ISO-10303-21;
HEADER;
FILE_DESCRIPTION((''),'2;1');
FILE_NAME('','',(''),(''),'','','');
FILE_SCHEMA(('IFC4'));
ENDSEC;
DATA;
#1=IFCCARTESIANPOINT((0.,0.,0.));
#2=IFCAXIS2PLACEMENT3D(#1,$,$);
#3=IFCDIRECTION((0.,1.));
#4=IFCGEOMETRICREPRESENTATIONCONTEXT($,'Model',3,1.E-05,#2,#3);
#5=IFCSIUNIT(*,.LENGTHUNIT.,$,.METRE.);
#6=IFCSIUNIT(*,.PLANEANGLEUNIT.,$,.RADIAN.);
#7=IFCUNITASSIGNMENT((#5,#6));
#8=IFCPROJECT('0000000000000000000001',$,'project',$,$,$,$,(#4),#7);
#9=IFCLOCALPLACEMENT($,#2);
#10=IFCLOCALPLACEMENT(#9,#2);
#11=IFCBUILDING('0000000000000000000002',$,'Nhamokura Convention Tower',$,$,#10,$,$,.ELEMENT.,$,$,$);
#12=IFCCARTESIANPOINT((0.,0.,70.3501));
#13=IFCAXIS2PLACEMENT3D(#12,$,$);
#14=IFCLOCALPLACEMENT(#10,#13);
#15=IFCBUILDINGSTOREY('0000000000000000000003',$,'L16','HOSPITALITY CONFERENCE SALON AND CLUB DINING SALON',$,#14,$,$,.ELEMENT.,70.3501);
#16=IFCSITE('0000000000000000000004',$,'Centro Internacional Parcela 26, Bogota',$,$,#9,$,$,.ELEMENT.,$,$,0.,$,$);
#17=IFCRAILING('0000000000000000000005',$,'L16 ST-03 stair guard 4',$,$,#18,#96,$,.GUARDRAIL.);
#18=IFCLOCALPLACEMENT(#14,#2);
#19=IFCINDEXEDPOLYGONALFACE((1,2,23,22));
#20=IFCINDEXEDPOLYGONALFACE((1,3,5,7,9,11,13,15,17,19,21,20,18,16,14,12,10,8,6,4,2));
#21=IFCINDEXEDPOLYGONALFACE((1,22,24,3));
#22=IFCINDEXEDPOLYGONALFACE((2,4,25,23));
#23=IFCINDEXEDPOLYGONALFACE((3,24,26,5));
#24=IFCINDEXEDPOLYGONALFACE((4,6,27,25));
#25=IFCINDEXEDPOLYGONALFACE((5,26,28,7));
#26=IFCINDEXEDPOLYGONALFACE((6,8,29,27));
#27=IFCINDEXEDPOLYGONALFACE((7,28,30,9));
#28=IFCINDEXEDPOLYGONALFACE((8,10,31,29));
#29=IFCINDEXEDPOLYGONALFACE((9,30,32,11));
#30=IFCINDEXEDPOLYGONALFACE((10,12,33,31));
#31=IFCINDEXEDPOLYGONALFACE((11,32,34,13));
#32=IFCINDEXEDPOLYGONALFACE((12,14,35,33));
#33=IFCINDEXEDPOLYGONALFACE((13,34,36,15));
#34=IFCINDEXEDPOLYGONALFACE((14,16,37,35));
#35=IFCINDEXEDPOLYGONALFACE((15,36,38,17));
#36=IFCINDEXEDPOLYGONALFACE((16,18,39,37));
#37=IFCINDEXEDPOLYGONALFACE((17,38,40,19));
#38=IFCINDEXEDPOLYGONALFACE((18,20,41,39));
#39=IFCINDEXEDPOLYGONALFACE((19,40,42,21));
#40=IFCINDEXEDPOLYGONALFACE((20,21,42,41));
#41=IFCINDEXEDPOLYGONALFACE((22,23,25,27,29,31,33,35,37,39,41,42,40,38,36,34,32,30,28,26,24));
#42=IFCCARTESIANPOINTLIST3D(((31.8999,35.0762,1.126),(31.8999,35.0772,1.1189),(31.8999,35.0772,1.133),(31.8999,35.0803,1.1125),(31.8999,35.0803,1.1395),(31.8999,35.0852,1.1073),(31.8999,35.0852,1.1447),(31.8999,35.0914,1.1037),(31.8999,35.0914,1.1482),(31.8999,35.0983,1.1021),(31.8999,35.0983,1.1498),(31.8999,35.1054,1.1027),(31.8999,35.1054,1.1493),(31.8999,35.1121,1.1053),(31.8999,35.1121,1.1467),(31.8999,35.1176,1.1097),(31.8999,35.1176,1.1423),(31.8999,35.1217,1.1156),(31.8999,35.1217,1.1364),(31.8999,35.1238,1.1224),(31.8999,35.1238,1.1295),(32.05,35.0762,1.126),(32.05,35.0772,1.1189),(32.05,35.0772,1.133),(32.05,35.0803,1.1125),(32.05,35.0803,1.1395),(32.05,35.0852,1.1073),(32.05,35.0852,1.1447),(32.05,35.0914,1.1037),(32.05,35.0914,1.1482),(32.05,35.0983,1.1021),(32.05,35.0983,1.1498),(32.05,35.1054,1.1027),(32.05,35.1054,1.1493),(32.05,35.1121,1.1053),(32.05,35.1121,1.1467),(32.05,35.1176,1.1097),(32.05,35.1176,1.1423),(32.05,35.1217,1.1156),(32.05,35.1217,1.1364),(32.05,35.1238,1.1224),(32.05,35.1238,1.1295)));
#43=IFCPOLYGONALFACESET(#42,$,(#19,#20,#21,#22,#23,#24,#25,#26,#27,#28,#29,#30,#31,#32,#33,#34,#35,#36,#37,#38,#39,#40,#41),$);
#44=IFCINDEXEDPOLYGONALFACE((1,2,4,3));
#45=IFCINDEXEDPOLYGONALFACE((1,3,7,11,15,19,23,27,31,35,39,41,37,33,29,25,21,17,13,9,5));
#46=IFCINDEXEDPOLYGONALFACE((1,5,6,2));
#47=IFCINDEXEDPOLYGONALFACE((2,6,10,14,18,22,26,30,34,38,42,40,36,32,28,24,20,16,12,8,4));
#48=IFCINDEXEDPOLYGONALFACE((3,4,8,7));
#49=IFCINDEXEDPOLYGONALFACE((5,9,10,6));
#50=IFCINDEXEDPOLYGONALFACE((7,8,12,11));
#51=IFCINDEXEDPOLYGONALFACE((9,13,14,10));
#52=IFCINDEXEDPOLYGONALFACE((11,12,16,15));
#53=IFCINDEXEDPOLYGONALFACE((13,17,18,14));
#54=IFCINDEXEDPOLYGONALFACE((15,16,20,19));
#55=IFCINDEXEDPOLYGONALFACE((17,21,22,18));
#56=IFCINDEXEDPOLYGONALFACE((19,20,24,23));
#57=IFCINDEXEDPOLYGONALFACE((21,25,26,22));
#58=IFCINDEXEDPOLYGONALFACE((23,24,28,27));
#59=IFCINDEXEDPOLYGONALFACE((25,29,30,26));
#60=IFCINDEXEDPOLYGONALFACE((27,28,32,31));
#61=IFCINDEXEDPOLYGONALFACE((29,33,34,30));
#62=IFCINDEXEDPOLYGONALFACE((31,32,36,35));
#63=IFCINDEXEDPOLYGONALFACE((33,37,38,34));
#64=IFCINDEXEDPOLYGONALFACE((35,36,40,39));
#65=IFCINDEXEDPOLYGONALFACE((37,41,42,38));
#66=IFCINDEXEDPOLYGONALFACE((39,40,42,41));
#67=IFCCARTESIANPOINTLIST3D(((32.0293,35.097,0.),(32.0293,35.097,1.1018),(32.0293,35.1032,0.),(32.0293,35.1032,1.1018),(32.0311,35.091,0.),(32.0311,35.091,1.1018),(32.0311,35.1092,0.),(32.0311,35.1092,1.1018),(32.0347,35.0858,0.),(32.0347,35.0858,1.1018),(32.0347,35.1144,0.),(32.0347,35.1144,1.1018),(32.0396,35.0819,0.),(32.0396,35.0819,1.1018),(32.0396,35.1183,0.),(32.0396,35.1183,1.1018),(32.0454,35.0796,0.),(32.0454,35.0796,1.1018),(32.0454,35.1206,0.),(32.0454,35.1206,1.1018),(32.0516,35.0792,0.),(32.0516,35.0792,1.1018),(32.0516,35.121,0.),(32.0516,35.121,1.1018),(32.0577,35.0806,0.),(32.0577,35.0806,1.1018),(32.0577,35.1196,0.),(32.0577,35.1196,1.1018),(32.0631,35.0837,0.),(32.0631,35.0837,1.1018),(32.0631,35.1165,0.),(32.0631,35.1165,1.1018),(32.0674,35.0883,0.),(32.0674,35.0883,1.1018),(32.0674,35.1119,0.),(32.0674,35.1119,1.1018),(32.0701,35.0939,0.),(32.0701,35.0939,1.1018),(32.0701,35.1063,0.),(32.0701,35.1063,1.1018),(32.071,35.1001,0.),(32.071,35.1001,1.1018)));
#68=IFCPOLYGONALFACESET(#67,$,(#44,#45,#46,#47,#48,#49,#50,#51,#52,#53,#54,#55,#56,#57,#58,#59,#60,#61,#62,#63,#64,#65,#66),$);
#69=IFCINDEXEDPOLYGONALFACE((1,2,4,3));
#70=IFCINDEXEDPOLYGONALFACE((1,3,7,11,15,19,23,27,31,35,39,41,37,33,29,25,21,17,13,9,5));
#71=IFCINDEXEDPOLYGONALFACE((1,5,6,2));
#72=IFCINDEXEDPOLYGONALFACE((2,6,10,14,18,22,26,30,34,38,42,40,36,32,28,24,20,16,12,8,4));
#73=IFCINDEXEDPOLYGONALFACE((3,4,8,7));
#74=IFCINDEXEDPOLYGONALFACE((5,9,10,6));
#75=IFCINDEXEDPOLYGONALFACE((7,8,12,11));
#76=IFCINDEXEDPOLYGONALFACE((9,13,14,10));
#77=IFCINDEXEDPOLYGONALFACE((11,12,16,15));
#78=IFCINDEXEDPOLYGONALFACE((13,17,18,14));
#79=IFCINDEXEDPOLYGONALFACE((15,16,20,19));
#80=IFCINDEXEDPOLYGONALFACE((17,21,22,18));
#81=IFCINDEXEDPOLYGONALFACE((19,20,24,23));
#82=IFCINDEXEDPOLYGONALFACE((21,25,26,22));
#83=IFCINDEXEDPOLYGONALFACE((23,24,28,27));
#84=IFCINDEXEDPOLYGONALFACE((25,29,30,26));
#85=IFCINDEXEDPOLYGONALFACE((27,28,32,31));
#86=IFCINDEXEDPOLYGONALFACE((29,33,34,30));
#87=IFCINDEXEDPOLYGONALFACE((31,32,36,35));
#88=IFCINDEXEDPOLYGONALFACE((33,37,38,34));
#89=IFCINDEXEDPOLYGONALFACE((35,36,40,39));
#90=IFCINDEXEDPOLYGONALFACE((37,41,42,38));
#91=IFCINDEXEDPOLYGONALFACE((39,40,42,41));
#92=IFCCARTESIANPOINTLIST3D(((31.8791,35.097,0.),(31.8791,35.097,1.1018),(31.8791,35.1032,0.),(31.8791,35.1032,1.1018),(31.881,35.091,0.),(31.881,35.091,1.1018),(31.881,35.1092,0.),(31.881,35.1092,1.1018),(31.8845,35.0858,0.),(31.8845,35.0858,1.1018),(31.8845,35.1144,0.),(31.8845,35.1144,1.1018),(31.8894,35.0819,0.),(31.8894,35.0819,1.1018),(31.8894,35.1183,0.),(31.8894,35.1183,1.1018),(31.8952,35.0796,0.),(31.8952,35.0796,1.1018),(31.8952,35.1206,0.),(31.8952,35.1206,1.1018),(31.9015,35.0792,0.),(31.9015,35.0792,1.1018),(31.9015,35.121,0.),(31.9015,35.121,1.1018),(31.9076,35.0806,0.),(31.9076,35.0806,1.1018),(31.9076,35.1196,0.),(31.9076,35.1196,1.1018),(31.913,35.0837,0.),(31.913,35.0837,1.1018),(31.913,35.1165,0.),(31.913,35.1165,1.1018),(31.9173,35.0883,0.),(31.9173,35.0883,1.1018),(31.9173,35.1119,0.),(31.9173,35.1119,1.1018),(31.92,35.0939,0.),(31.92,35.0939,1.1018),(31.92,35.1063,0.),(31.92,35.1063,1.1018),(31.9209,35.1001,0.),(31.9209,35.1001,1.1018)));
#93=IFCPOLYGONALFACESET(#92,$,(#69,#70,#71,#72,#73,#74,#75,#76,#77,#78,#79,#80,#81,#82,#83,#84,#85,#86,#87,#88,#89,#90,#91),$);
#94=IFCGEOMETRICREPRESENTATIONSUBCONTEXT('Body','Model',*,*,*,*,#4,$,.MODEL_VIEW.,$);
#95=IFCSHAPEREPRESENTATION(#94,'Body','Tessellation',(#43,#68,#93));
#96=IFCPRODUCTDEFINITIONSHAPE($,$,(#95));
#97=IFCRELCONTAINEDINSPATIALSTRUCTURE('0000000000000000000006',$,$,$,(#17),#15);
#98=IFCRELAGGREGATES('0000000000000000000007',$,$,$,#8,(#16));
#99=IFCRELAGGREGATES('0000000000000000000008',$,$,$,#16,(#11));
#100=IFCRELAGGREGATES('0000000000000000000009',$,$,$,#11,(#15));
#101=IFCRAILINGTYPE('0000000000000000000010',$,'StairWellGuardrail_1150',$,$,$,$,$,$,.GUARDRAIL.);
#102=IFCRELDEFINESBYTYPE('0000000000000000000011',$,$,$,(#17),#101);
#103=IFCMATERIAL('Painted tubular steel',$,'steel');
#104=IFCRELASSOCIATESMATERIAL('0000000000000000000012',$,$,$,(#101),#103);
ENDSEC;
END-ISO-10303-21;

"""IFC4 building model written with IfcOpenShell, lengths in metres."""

from ifc_helpers import new_model, si_unit, direction, frame, origin, origin_2d, place, context, subcontext, project, spatial, circle, extrude, material, type_object, element, save


model = new_model("IFC4")

# Units and contexts
model_context = context("Model", 3, precision=1e-05, world=origin(), true_north=direction((0.0, 1.0)))
body_context = subcontext(model_context, "Body", "Model", "MODEL_VIEW")
ifc_project = project(units=[si_unit("LENGTHUNIT", "METRE"), si_unit("PLANEANGLEUNIT", "RADIAN")], contexts=[model_context])

# Site, building, storey
site_placement = place(None, origin())
site = spatial("IfcSite", under=ifc_project, at=site_placement, Name="Centro Internacional Parcela 26, Bogota", CompositionType="ELEMENT", RefElevation=0.0)
building_placement = place(site_placement, origin())
building = spatial("IfcBuilding", under=site, at=building_placement, Name="Nhamokura Convention Tower", CompositionType="ELEMENT")
storey_placement = place(building_placement, frame((0.0, 0.0, 70.3501)))
storey = spatial("IfcBuildingStorey", under=building, at=storey_placement, Name="L16", Description="HOSPITALITY CONFERENCE SALON AND CLUB DINING SALON", CompositionType="ELEMENT", Elevation=70.3501)

# Railing
ifc_material_1 = material(Name="Painted tubular steel", Category="steel")
railing_type_1 = type_object("IfcRailingType", Name="StairWellGuardrail_1150", PredefinedType="GUARDRAIL", material=ifc_material_1)
railing_1_placement = place(storey_placement, frame((32.05, 35.1001, 0.0)))
element("IfcRailing", 1, at=railing_1_placement, inside=storey, type_object=railing_type_1, Name="L16 ST-03 stair guard 4", PredefinedType="GUARDRAIL", context=body_context, shape_type="SweptSolid", body=[
    extrude(circle(Radius=0.0239, at=origin_2d()), frame((0.0, 0.0, 1.126), z_axis=(-1.0, 0.0, 0.0), x_axis=(0.0, -1.0, 0.0)), (0.0, 0.0, 1.0), 0.1501),
    extrude(circle(Radius=0.021, at=origin_2d()), origin(), (0.0, 0.0, 1.0), 1.1018),
    extrude(circle(Radius=0.021, at=origin_2d()), frame((-0.1501, 0.0, 0.0)), (0.0, 0.0, 1.0), 1.1018),
])

save(model, "model.ifc")
